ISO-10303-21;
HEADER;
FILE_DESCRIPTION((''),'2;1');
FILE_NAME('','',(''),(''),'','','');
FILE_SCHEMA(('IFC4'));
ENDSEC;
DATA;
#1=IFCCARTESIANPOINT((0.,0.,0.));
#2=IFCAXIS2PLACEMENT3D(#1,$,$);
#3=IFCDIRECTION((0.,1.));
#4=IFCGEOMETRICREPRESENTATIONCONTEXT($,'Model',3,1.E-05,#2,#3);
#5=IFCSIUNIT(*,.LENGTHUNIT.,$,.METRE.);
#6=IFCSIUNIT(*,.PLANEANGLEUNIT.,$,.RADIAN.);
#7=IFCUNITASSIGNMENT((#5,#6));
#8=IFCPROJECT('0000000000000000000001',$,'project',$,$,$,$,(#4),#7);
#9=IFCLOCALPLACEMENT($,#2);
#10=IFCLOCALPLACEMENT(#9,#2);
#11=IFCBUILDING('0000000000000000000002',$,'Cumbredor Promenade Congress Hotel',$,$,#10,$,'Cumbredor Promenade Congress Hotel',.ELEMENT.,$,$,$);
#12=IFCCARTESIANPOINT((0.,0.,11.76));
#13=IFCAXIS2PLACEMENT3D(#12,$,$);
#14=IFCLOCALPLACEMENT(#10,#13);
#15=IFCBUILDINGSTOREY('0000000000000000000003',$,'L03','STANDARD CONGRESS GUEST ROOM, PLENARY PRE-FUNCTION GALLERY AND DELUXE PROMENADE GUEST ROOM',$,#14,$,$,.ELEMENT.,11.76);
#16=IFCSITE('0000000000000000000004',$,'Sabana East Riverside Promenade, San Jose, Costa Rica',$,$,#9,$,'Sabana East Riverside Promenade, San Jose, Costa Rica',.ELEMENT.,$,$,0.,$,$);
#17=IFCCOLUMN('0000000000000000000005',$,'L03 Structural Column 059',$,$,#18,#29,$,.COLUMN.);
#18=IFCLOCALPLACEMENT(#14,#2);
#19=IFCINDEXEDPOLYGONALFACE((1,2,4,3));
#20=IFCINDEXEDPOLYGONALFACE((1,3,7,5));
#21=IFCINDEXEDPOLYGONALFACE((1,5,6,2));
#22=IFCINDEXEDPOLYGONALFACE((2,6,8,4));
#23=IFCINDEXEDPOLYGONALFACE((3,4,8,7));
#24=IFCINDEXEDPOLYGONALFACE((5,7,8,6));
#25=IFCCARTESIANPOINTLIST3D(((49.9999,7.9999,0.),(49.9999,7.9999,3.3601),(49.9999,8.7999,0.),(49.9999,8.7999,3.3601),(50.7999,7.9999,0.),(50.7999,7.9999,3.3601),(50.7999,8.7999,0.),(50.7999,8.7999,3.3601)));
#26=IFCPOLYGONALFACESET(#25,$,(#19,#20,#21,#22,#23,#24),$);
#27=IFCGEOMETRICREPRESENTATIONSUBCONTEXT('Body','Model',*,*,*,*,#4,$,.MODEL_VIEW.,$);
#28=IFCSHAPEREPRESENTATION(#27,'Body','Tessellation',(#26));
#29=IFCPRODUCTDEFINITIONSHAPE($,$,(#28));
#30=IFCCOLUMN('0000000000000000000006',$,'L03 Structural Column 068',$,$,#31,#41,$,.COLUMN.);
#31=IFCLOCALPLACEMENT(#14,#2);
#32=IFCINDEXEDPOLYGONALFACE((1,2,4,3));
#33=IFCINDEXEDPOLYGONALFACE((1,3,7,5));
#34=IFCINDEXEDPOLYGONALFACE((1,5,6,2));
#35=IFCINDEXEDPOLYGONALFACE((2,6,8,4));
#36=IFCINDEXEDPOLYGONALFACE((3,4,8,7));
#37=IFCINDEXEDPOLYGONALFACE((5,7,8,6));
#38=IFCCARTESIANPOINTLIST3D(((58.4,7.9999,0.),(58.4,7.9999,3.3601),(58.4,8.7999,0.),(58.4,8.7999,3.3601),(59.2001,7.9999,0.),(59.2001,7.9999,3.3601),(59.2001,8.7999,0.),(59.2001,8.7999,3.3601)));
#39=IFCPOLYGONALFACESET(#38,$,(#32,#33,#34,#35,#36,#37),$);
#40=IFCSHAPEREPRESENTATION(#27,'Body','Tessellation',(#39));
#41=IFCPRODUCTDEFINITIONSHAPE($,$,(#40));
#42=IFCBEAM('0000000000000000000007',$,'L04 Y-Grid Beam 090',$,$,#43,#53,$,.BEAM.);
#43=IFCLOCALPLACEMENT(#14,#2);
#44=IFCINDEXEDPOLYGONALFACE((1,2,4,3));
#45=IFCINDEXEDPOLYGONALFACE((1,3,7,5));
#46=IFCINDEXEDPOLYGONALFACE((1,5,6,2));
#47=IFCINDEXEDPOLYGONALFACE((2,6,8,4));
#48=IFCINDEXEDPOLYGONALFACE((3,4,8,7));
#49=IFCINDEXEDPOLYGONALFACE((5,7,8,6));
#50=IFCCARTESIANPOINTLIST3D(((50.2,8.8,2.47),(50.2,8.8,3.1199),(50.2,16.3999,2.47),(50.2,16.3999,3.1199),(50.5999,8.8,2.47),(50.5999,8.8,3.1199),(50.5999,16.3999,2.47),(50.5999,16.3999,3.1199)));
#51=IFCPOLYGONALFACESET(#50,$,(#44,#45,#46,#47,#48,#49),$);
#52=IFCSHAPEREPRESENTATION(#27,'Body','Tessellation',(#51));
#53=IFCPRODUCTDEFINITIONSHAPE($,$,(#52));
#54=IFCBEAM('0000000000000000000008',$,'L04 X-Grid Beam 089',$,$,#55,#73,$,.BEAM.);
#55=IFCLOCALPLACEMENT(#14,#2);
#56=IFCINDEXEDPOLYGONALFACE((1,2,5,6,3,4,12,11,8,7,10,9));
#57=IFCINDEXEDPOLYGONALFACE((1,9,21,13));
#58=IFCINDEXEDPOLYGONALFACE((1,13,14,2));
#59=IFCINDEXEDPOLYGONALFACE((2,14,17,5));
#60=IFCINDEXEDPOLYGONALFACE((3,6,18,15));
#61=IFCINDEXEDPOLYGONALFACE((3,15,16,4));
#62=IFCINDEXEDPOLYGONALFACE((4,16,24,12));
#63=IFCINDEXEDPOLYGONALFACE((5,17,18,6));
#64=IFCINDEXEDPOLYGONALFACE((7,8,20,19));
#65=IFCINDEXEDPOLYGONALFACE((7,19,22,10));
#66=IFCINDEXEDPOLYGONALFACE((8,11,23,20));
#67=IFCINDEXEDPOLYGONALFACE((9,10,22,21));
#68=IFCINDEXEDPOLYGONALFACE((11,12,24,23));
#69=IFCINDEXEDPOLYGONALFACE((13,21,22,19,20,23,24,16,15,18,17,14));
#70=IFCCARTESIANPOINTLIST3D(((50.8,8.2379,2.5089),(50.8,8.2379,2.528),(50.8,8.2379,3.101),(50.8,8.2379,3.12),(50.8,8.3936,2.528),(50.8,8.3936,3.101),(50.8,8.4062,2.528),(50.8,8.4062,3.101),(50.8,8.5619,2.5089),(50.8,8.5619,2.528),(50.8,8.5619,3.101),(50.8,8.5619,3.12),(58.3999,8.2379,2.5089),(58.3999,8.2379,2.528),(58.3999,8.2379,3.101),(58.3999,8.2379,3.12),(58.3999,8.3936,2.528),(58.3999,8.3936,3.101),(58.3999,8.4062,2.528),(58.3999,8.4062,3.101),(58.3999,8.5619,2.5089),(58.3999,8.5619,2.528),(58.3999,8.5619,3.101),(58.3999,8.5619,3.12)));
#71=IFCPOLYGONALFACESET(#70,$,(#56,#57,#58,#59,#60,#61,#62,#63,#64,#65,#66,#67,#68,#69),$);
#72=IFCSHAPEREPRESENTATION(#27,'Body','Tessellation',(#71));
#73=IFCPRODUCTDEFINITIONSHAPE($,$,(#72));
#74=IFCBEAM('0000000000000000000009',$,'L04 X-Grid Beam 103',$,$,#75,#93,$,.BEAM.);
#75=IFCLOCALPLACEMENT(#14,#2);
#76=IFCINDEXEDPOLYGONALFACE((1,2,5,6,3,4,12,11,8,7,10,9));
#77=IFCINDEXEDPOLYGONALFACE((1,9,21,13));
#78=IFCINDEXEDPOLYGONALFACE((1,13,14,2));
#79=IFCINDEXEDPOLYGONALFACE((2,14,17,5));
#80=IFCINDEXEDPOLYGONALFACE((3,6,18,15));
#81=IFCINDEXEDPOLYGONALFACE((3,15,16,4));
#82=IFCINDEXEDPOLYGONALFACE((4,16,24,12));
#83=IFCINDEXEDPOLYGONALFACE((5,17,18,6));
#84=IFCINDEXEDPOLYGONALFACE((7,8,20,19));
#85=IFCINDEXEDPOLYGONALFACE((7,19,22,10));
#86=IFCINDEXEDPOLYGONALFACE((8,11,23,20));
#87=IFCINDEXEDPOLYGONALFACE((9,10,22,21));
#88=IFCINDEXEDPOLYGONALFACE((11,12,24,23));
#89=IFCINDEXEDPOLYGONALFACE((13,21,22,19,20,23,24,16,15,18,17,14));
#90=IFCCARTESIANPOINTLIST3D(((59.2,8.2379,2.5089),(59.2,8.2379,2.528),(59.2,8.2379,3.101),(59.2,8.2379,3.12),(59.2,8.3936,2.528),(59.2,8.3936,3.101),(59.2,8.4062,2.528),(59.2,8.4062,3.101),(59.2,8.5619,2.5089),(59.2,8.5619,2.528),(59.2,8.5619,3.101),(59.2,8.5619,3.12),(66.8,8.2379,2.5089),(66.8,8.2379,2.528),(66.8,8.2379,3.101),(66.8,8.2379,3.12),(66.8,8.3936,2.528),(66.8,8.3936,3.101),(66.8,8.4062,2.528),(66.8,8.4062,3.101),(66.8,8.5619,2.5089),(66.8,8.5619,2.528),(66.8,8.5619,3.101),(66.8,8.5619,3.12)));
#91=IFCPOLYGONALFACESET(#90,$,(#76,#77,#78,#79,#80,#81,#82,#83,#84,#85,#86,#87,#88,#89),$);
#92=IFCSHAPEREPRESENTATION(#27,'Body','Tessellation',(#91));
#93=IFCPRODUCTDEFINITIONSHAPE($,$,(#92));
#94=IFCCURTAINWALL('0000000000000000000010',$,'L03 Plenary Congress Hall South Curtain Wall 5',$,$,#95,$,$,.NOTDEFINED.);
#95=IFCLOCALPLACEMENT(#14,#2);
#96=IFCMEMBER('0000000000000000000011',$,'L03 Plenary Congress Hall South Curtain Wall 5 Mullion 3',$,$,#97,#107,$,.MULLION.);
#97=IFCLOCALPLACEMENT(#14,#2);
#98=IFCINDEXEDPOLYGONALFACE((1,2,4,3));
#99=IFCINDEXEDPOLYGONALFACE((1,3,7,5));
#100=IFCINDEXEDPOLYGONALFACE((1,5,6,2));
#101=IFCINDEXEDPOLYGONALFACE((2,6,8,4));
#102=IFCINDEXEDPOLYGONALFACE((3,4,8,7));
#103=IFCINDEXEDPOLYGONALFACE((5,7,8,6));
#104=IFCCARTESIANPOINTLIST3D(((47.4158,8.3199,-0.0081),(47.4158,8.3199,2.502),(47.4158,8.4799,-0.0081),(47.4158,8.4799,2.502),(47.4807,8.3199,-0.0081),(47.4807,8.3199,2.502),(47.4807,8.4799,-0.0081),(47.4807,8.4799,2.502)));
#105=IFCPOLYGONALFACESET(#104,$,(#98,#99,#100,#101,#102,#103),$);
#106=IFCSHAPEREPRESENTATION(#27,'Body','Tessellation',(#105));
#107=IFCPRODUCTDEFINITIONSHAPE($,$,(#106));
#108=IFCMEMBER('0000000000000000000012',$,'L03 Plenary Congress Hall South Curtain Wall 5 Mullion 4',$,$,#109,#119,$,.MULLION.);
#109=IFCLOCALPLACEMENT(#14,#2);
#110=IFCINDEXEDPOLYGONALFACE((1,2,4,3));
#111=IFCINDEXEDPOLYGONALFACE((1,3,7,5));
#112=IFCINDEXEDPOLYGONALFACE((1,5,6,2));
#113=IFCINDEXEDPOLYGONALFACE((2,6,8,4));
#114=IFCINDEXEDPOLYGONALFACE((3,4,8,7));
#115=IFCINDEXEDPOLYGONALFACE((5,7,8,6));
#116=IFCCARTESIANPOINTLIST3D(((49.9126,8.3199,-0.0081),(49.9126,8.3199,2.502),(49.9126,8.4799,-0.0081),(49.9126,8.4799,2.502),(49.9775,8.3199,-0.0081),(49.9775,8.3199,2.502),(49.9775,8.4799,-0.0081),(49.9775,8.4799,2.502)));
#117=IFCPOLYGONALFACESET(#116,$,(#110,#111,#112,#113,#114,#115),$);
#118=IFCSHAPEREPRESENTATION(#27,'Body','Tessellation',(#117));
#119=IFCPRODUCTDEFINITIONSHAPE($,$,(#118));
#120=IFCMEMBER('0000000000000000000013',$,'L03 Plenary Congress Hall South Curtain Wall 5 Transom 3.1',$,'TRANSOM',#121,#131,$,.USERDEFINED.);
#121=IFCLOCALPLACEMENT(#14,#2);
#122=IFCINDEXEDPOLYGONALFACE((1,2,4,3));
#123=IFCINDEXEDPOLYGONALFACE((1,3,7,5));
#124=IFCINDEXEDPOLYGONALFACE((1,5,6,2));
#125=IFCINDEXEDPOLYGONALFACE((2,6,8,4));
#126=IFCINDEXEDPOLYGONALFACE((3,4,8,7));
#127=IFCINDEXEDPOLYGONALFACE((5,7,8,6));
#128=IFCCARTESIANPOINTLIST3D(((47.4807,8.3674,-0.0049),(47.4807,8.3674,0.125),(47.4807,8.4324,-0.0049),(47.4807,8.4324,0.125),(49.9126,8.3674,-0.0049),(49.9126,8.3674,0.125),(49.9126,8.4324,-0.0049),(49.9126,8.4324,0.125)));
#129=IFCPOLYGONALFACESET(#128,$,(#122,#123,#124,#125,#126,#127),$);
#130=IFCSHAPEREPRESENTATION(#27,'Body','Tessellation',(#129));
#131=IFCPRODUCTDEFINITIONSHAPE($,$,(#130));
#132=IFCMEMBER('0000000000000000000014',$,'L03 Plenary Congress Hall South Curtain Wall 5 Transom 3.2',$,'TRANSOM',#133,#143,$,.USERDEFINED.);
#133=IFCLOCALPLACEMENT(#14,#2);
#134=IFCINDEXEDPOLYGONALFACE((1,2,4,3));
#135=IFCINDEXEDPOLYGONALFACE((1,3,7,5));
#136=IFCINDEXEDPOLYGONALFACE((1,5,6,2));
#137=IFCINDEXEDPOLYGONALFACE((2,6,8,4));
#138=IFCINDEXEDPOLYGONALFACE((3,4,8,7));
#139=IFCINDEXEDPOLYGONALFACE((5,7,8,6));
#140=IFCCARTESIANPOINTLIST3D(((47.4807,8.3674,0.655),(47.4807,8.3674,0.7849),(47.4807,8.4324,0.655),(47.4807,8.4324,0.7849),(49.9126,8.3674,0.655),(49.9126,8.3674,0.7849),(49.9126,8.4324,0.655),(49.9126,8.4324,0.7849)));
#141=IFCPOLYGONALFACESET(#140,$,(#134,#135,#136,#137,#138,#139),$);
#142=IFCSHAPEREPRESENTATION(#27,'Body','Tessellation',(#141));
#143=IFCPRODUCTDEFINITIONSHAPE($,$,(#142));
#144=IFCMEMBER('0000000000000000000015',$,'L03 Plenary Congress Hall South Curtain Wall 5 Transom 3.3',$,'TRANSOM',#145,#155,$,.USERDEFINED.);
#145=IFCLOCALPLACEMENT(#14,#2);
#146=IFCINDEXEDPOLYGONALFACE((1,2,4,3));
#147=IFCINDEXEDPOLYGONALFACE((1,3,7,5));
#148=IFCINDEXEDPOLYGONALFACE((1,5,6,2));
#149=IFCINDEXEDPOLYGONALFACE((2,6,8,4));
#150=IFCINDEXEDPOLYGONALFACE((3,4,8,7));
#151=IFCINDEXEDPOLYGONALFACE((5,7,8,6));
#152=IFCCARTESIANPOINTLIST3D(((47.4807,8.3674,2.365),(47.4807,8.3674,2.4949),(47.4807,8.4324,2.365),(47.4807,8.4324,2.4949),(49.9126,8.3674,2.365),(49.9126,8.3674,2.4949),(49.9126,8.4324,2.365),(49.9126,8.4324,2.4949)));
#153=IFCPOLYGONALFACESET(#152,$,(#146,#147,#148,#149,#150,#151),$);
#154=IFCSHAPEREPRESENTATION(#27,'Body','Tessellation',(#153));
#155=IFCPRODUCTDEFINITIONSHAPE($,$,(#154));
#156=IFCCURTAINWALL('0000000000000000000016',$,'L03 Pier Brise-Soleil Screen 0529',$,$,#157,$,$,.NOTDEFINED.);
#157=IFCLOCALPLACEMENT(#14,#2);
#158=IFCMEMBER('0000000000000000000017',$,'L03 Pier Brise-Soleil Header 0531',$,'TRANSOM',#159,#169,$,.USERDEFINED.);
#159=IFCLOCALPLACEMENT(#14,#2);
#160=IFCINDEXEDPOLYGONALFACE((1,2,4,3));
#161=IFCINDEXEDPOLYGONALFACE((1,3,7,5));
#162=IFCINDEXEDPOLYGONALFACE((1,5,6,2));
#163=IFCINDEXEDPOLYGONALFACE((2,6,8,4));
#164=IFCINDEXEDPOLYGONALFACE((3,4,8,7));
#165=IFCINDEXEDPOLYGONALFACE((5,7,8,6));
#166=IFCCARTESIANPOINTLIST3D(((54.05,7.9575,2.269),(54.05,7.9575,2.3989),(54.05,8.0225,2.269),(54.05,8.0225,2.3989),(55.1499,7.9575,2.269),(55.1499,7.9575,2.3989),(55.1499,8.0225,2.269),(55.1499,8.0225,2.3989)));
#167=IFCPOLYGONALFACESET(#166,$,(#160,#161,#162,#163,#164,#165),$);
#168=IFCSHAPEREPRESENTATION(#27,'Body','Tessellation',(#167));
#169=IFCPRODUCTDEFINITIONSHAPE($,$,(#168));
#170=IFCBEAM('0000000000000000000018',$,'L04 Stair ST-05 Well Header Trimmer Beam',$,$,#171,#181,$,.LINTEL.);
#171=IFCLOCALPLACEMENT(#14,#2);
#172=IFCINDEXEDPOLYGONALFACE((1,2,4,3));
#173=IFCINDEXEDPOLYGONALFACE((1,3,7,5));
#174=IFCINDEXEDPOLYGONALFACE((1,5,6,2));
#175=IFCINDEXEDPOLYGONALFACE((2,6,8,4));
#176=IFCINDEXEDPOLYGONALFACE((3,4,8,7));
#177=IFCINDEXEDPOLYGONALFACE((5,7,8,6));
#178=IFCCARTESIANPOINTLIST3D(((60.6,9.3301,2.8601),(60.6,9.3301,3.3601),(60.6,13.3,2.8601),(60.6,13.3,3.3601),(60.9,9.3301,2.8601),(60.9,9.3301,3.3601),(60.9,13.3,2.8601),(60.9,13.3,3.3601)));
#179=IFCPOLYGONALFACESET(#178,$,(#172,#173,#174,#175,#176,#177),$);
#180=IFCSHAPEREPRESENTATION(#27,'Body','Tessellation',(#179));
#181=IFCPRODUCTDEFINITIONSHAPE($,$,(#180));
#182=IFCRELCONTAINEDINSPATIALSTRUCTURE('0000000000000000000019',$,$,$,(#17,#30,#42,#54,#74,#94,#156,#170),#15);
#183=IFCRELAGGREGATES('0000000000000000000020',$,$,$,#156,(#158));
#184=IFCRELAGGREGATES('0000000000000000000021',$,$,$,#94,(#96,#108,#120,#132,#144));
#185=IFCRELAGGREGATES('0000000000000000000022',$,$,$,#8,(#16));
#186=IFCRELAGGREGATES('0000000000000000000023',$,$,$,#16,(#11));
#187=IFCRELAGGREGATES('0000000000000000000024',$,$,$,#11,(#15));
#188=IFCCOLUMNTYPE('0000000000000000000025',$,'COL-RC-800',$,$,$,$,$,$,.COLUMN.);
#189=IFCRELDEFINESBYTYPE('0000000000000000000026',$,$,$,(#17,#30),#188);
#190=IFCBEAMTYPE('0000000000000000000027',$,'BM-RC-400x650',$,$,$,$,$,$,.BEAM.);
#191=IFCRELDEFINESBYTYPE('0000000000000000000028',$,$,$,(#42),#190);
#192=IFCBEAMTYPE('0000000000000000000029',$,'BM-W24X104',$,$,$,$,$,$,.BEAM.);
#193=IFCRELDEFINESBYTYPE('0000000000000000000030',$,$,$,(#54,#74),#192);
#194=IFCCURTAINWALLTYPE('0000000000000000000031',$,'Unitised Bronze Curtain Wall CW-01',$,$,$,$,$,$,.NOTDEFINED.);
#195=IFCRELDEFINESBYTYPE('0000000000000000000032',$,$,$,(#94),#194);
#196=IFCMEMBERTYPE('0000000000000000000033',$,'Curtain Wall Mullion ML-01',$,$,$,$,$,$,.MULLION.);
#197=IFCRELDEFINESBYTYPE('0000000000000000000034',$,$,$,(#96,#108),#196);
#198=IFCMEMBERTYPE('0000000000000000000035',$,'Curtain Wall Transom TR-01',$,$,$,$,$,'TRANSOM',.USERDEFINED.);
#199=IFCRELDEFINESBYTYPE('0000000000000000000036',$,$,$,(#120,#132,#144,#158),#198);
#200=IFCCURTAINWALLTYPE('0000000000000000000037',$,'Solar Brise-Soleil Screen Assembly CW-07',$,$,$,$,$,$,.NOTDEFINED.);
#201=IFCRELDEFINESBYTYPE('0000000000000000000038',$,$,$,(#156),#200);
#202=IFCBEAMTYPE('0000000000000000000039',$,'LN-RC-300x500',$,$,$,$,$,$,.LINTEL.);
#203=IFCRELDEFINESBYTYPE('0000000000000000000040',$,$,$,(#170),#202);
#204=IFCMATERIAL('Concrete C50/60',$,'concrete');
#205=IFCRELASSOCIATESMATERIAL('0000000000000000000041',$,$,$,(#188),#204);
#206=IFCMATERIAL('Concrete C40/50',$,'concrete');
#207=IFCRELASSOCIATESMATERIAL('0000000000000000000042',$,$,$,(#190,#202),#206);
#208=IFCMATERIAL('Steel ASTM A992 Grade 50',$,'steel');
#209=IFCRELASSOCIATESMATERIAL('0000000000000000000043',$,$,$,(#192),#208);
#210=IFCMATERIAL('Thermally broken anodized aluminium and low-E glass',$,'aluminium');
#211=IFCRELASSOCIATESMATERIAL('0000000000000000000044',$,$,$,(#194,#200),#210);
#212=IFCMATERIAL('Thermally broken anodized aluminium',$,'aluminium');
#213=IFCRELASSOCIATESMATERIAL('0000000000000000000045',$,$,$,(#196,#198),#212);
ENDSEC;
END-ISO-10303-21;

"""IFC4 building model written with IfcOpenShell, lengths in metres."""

from ifc_helpers import new_model, si_unit, direction, frame, origin, origin_2d, place, context, subcontext, project, spatial, rectangle, i_section, extrude, material, material_profile, profile_set, type_object, element, aggregate, save


model = new_model("IFC4")

# Units and contexts
model_context = context("Model", 3, precision=1e-05, world=origin(), true_north=direction((0.0, 1.0)))
body_context = subcontext(model_context, "Body", "Model", "MODEL_VIEW")
ifc_project = project(units=[si_unit("LENGTHUNIT", "METRE"), si_unit("PLANEANGLEUNIT", "RADIAN")], contexts=[model_context])

# Site, building, storey
site_placement = place(None, origin())
site = spatial("IfcSite", under=ifc_project, at=site_placement, Name="Sabana East Riverside Promenade, San Jose, Costa Rica", LongName="Sabana East Riverside Promenade, San Jose, Costa Rica", CompositionType="ELEMENT", RefElevation=0.0)
building_placement = place(site_placement, origin())
building = spatial("IfcBuilding", under=site, at=building_placement, Name="Cumbredor Promenade Congress Hotel", LongName="Cumbredor Promenade Congress Hotel", CompositionType="ELEMENT")
storey_placement = place(building_placement, frame((0.0, 0.0, 11.76)))
storey = spatial("IfcBuildingStorey", under=building, at=storey_placement, Name="L03", Description="STANDARD CONGRESS GUEST ROOM, PLENARY PRE-FUNCTION GALLERY AND DELUXE PROMENADE GUEST ROOM", CompositionType="ELEMENT", Elevation=11.76)

# Columns
ifc_material_1 = material(Name="Concrete C50/60", Category="concrete")
ifc_material_profile_1 = material_profile(ifc_material_1, rectangle(XDim=0.8, YDim=0.8, at=origin_2d()), Name="RC 800x800")
ifc_profile_set_1 = profile_set([ifc_material_profile_1], Name="Concrete C50/60")
column_type = type_object("IfcColumnType", Name="COL-RC-800", PredefinedType="COLUMN", material=ifc_profile_set_1)
for number, where, z_axis, x_axis, name in (
    (1, (50.3999, 8.3999, 0.0), (0.0, 0.0, 1.0), (1.0, 0.0, 0.0), "L03 Structural Column 059"),
    (2, (58.8, 8.3999, 0.0), (0.0, 0.0, 1.0), (1.0, 0.0, 0.0), "L03 Structural Column 068"),
):
    element("IfcColumn", number, at=place(storey_placement, frame(where, z_axis=z_axis, x_axis=x_axis)), inside=storey, type_object=column_type, Name=name, PredefinedType="COLUMN", context=body_context, shape_type="SweptSolid", body=[
        extrude(rectangle(XDim=0.8, YDim=0.8, at=origin_2d()), origin(), (0.0, 0.0, 1.0), 3.3601),
    ])

# Beams
ifc_material_2 = material(Name="Concrete C40/50", Category="concrete")
ifc_material_profile_2 = material_profile(ifc_material_2, rectangle(XDim=0.3999, YDim=0.6499, at=origin_2d()), Name="RC BEAM 400x650")
ifc_profile_set_2 = profile_set([ifc_material_profile_2], Name="Concrete C40/50")
beam_type_1 = type_object("IfcBeamType", Name="BM-RC-400x650", PredefinedType="BEAM", material=ifc_profile_set_2)
beam_1_placement = place(storey_placement, frame((50.3999, 8.8, 2.7949), z_axis=(0.0, 1.0, 0.0), x_axis=(-1.0, 0.0, 0.0)))
element("IfcBeam", 3, at=beam_1_placement, inside=storey, type_object=beam_type_1, Name="L04 Y-Grid Beam 090", PredefinedType="BEAM", context=body_context, shape_type="SweptSolid", body=[
    extrude(rectangle(XDim=0.3999, YDim=0.6499, at=origin_2d()), origin(), (0.0, 0.0, 1.0), 7.5999),
])
ifc_material_3 = material(Name="Steel ASTM A992 Grade 50", Category="steel")
ifc_material_profile_3 = material_profile(ifc_material_3, i_section(OverallWidth=0.324, OverallDepth=0.6111, WebThickness=0.0127, FlangeThickness=0.019, at=origin_2d()), Name="W24X104")
ifc_profile_set_3 = profile_set([ifc_material_profile_3], Name="Steel ASTM A992 Grade 50")
beam_type_2 = type_object("IfcBeamType", Name="BM-W24X104", PredefinedType="BEAM", material=ifc_profile_set_3)
beam_2_placement = place(storey_placement, frame((50.8, 8.3999, 2.8145), z_axis=(1.0, 0.0, 0.0), x_axis=(0.0, 1.0, 0.0)))
element("IfcBeam", 4, at=beam_2_placement, inside=storey, type_object=beam_type_2, Name="L04 X-Grid Beam 089", PredefinedType="BEAM", context=body_context, shape_type="SweptSolid", body=[
    extrude(i_section(OverallWidth=0.324, OverallDepth=0.6111, WebThickness=0.0127, FlangeThickness=0.019, at=origin_2d()), origin(), (0.0, 0.0, 1.0), 7.5999),
])
beam_3_placement = place(storey_placement, frame((59.2, 8.3999, 2.8145), z_axis=(1.0, 0.0, 0.0), x_axis=(0.0, 1.0, 0.0)))
element("IfcBeam", 5, at=beam_3_placement, inside=storey, type_object=beam_type_2, Name="L04 X-Grid Beam 103", PredefinedType="BEAM", context=body_context, shape_type="SweptSolid", body=[
    extrude(i_section(OverallWidth=0.324, OverallDepth=0.6111, WebThickness=0.0127, FlangeThickness=0.019, at=origin_2d()), origin(), (0.0, 0.0, 1.0), 7.6001),
])

# Curtain wall, members
ifc_material_4 = material(Name="Thermally broken anodized aluminium and low-E glass", Category="aluminium")
curtain_wall_type_1 = type_object("IfcCurtainWallType", Name="Unitised Bronze Curtain Wall CW-01", PredefinedType="NOTDEFINED", material=ifc_material_4)
curtain_wall_1_placement = place(storey_placement, origin())
curtain_wall_1 = element("IfcCurtainWall", 6, at=curtain_wall_1_placement, inside=storey, type_object=curtain_wall_type_1, Name="L03 Plenary Congress Hall South Curtain Wall 5", PredefinedType="NOTDEFINED")
ifc_material_5 = material(Name="Thermally broken anodized aluminium", Category="aluminium")
ifc_material_profile_4 = material_profile(ifc_material_5, rectangle(XDim=0.0649, YDim=0.1599, at=origin_2d()), Name="ALU MULLION 65x160")
ifc_profile_set_4 = profile_set([ifc_material_profile_4], Name="Thermally broken anodized aluminium")
member_type_1 = type_object("IfcMemberType", Name="Curtain Wall Mullion ML-01", PredefinedType="MULLION", material=ifc_profile_set_4)
member_1_placement = place(storey_placement, frame((47.4482, 8.3999, -0.0081), z_axis=(0.0, 0.0, 1.0), x_axis=(1.0, 0.0, 0.0)))
member_1 = element("IfcMember", 7, at=member_1_placement, type_object=member_type_1, Name="L03 Plenary Congress Hall South Curtain Wall 5 Mullion 3", PredefinedType="MULLION", context=body_context, shape_type="SweptSolid", body=[
    extrude(rectangle(XDim=0.0649, YDim=0.1599, at=origin_2d()), origin(), (0.0, 0.0, 1.0), 2.51),
])
member_2_placement = place(storey_placement, frame((49.9451, 8.3999, -0.0081), z_axis=(0.0, 0.0, 1.0), x_axis=(1.0, 0.0, 0.0)))
member_2 = element("IfcMember", 8, at=member_2_placement, type_object=member_type_1, Name="L03 Plenary Congress Hall South Curtain Wall 5 Mullion 4", PredefinedType="MULLION", context=body_context, shape_type="SweptSolid", body=[
    extrude(rectangle(XDim=0.0649, YDim=0.1599, at=origin_2d()), origin(), (0.0, 0.0, 1.0), 2.51),
])
ifc_material_profile_5 = material_profile(ifc_material_5, rectangle(XDim=0.0649, YDim=0.1299, at=origin_2d()), Name="ALU TRANSOM 65x130")
ifc_profile_set_5 = profile_set([ifc_material_profile_5], Name="Thermally broken anodized aluminium")
member_type_2 = type_object("IfcMemberType", Name="Curtain Wall Transom TR-01", ElementType="TRANSOM", PredefinedType="USERDEFINED", material=ifc_profile_set_5)
member_3_placement = place(storey_placement, frame((47.4807, 8.3999, 0.0601), z_axis=(1.0, 0.0, 0.0), x_axis=(0.0, 1.0, 0.0)))
member_3 = element("IfcMember", 9, at=member_3_placement, type_object=member_type_2, Name="L03 Plenary Congress Hall South Curtain Wall 5 Transom 3.1", ObjectType="TRANSOM", PredefinedType="USERDEFINED", context=body_context, shape_type="SweptSolid", body=[
    extrude(rectangle(XDim=0.0649, YDim=0.1299, at=origin_2d()), origin(), (0.0, 0.0, 1.0), 2.4319),
])
member_4_placement = place(storey_placement, frame((47.4807, 8.3999, 0.72), z_axis=(1.0, 0.0, 0.0), x_axis=(0.0, 1.0, 0.0)))
member_4 = element("IfcMember", 10, at=member_4_placement, type_object=member_type_2, Name="L03 Plenary Congress Hall South Curtain Wall 5 Transom 3.2", ObjectType="TRANSOM", PredefinedType="USERDEFINED", context=body_context, shape_type="SweptSolid", body=[
    extrude(rectangle(XDim=0.0649, YDim=0.1299, at=origin_2d()), origin(), (0.0, 0.0, 1.0), 2.4319),
])
member_5_placement = place(storey_placement, frame((47.4807, 8.3999, 2.4299), z_axis=(1.0, 0.0, 0.0), x_axis=(0.0, 1.0, 0.0)))
member_5 = element("IfcMember", 11, at=member_5_placement, type_object=member_type_2, Name="L03 Plenary Congress Hall South Curtain Wall 5 Transom 3.3", ObjectType="TRANSOM", PredefinedType="USERDEFINED", context=body_context, shape_type="SweptSolid", body=[
    extrude(rectangle(XDim=0.0649, YDim=0.1299, at=origin_2d()), origin(), (0.0, 0.0, 1.0), 2.4319),
])

# Curtain wall, member
curtain_wall_type_2 = type_object("IfcCurtainWallType", Name="Solar Brise-Soleil Screen Assembly CW-07", PredefinedType="NOTDEFINED", material=ifc_material_4)
curtain_wall_2_placement = place(storey_placement, origin())
curtain_wall_2 = element("IfcCurtainWall", 12, at=curtain_wall_2_placement, inside=storey, type_object=curtain_wall_type_2, Name="L03 Pier Brise-Soleil Screen 0529", PredefinedType="NOTDEFINED")
member_6_placement = place(storey_placement, frame((54.05, 7.99, 2.334), z_axis=(1.0, 0.0, 0.0), x_axis=(0.0, 1.0, 0.0)))
member_6 = element("IfcMember", 13, at=member_6_placement, type_object=member_type_2, Name="L03 Pier Brise-Soleil Header 0531", ObjectType="TRANSOM", PredefinedType="USERDEFINED", context=body_context, shape_type="SweptSolid", body=[
    extrude(rectangle(XDim=0.0649, YDim=0.1299, at=origin_2d()), origin(), (0.0, 0.0, 1.0), 1.0999),
])

# Beam
ifc_material_profile_6 = material_profile(ifc_material_2, rectangle(XDim=0.3, YDim=0.5, at=origin_2d()), Name="RC LINTEL 300x500")
ifc_profile_set_6 = profile_set([ifc_material_profile_6], Name="Concrete C40/50")
beam_type_3 = type_object("IfcBeamType", Name="LN-RC-300x500", PredefinedType="LINTEL", material=ifc_profile_set_6)
beam_4_placement = place(storey_placement, frame((60.75, 9.3301, 3.1101), z_axis=(0.0, 1.0, 0.0), x_axis=(-1.0, 0.0, 0.0)))
element("IfcBeam", 14, at=beam_4_placement, inside=storey, type_object=beam_type_3, Name="L04 Stair ST-05 Well Header Trimmer Beam", PredefinedType="LINTEL", context=body_context, shape_type="SweptSolid", body=[
    extrude(rectangle(XDim=0.3, YDim=0.5, at=origin_2d()), origin(), (0.0, 0.0, 1.0), 3.97),
])

aggregate(curtain_wall_2, [member_6])

aggregate(curtain_wall_1, [member_1, member_2, member_3, member_4, member_5])

save(model, "model.ifc")
